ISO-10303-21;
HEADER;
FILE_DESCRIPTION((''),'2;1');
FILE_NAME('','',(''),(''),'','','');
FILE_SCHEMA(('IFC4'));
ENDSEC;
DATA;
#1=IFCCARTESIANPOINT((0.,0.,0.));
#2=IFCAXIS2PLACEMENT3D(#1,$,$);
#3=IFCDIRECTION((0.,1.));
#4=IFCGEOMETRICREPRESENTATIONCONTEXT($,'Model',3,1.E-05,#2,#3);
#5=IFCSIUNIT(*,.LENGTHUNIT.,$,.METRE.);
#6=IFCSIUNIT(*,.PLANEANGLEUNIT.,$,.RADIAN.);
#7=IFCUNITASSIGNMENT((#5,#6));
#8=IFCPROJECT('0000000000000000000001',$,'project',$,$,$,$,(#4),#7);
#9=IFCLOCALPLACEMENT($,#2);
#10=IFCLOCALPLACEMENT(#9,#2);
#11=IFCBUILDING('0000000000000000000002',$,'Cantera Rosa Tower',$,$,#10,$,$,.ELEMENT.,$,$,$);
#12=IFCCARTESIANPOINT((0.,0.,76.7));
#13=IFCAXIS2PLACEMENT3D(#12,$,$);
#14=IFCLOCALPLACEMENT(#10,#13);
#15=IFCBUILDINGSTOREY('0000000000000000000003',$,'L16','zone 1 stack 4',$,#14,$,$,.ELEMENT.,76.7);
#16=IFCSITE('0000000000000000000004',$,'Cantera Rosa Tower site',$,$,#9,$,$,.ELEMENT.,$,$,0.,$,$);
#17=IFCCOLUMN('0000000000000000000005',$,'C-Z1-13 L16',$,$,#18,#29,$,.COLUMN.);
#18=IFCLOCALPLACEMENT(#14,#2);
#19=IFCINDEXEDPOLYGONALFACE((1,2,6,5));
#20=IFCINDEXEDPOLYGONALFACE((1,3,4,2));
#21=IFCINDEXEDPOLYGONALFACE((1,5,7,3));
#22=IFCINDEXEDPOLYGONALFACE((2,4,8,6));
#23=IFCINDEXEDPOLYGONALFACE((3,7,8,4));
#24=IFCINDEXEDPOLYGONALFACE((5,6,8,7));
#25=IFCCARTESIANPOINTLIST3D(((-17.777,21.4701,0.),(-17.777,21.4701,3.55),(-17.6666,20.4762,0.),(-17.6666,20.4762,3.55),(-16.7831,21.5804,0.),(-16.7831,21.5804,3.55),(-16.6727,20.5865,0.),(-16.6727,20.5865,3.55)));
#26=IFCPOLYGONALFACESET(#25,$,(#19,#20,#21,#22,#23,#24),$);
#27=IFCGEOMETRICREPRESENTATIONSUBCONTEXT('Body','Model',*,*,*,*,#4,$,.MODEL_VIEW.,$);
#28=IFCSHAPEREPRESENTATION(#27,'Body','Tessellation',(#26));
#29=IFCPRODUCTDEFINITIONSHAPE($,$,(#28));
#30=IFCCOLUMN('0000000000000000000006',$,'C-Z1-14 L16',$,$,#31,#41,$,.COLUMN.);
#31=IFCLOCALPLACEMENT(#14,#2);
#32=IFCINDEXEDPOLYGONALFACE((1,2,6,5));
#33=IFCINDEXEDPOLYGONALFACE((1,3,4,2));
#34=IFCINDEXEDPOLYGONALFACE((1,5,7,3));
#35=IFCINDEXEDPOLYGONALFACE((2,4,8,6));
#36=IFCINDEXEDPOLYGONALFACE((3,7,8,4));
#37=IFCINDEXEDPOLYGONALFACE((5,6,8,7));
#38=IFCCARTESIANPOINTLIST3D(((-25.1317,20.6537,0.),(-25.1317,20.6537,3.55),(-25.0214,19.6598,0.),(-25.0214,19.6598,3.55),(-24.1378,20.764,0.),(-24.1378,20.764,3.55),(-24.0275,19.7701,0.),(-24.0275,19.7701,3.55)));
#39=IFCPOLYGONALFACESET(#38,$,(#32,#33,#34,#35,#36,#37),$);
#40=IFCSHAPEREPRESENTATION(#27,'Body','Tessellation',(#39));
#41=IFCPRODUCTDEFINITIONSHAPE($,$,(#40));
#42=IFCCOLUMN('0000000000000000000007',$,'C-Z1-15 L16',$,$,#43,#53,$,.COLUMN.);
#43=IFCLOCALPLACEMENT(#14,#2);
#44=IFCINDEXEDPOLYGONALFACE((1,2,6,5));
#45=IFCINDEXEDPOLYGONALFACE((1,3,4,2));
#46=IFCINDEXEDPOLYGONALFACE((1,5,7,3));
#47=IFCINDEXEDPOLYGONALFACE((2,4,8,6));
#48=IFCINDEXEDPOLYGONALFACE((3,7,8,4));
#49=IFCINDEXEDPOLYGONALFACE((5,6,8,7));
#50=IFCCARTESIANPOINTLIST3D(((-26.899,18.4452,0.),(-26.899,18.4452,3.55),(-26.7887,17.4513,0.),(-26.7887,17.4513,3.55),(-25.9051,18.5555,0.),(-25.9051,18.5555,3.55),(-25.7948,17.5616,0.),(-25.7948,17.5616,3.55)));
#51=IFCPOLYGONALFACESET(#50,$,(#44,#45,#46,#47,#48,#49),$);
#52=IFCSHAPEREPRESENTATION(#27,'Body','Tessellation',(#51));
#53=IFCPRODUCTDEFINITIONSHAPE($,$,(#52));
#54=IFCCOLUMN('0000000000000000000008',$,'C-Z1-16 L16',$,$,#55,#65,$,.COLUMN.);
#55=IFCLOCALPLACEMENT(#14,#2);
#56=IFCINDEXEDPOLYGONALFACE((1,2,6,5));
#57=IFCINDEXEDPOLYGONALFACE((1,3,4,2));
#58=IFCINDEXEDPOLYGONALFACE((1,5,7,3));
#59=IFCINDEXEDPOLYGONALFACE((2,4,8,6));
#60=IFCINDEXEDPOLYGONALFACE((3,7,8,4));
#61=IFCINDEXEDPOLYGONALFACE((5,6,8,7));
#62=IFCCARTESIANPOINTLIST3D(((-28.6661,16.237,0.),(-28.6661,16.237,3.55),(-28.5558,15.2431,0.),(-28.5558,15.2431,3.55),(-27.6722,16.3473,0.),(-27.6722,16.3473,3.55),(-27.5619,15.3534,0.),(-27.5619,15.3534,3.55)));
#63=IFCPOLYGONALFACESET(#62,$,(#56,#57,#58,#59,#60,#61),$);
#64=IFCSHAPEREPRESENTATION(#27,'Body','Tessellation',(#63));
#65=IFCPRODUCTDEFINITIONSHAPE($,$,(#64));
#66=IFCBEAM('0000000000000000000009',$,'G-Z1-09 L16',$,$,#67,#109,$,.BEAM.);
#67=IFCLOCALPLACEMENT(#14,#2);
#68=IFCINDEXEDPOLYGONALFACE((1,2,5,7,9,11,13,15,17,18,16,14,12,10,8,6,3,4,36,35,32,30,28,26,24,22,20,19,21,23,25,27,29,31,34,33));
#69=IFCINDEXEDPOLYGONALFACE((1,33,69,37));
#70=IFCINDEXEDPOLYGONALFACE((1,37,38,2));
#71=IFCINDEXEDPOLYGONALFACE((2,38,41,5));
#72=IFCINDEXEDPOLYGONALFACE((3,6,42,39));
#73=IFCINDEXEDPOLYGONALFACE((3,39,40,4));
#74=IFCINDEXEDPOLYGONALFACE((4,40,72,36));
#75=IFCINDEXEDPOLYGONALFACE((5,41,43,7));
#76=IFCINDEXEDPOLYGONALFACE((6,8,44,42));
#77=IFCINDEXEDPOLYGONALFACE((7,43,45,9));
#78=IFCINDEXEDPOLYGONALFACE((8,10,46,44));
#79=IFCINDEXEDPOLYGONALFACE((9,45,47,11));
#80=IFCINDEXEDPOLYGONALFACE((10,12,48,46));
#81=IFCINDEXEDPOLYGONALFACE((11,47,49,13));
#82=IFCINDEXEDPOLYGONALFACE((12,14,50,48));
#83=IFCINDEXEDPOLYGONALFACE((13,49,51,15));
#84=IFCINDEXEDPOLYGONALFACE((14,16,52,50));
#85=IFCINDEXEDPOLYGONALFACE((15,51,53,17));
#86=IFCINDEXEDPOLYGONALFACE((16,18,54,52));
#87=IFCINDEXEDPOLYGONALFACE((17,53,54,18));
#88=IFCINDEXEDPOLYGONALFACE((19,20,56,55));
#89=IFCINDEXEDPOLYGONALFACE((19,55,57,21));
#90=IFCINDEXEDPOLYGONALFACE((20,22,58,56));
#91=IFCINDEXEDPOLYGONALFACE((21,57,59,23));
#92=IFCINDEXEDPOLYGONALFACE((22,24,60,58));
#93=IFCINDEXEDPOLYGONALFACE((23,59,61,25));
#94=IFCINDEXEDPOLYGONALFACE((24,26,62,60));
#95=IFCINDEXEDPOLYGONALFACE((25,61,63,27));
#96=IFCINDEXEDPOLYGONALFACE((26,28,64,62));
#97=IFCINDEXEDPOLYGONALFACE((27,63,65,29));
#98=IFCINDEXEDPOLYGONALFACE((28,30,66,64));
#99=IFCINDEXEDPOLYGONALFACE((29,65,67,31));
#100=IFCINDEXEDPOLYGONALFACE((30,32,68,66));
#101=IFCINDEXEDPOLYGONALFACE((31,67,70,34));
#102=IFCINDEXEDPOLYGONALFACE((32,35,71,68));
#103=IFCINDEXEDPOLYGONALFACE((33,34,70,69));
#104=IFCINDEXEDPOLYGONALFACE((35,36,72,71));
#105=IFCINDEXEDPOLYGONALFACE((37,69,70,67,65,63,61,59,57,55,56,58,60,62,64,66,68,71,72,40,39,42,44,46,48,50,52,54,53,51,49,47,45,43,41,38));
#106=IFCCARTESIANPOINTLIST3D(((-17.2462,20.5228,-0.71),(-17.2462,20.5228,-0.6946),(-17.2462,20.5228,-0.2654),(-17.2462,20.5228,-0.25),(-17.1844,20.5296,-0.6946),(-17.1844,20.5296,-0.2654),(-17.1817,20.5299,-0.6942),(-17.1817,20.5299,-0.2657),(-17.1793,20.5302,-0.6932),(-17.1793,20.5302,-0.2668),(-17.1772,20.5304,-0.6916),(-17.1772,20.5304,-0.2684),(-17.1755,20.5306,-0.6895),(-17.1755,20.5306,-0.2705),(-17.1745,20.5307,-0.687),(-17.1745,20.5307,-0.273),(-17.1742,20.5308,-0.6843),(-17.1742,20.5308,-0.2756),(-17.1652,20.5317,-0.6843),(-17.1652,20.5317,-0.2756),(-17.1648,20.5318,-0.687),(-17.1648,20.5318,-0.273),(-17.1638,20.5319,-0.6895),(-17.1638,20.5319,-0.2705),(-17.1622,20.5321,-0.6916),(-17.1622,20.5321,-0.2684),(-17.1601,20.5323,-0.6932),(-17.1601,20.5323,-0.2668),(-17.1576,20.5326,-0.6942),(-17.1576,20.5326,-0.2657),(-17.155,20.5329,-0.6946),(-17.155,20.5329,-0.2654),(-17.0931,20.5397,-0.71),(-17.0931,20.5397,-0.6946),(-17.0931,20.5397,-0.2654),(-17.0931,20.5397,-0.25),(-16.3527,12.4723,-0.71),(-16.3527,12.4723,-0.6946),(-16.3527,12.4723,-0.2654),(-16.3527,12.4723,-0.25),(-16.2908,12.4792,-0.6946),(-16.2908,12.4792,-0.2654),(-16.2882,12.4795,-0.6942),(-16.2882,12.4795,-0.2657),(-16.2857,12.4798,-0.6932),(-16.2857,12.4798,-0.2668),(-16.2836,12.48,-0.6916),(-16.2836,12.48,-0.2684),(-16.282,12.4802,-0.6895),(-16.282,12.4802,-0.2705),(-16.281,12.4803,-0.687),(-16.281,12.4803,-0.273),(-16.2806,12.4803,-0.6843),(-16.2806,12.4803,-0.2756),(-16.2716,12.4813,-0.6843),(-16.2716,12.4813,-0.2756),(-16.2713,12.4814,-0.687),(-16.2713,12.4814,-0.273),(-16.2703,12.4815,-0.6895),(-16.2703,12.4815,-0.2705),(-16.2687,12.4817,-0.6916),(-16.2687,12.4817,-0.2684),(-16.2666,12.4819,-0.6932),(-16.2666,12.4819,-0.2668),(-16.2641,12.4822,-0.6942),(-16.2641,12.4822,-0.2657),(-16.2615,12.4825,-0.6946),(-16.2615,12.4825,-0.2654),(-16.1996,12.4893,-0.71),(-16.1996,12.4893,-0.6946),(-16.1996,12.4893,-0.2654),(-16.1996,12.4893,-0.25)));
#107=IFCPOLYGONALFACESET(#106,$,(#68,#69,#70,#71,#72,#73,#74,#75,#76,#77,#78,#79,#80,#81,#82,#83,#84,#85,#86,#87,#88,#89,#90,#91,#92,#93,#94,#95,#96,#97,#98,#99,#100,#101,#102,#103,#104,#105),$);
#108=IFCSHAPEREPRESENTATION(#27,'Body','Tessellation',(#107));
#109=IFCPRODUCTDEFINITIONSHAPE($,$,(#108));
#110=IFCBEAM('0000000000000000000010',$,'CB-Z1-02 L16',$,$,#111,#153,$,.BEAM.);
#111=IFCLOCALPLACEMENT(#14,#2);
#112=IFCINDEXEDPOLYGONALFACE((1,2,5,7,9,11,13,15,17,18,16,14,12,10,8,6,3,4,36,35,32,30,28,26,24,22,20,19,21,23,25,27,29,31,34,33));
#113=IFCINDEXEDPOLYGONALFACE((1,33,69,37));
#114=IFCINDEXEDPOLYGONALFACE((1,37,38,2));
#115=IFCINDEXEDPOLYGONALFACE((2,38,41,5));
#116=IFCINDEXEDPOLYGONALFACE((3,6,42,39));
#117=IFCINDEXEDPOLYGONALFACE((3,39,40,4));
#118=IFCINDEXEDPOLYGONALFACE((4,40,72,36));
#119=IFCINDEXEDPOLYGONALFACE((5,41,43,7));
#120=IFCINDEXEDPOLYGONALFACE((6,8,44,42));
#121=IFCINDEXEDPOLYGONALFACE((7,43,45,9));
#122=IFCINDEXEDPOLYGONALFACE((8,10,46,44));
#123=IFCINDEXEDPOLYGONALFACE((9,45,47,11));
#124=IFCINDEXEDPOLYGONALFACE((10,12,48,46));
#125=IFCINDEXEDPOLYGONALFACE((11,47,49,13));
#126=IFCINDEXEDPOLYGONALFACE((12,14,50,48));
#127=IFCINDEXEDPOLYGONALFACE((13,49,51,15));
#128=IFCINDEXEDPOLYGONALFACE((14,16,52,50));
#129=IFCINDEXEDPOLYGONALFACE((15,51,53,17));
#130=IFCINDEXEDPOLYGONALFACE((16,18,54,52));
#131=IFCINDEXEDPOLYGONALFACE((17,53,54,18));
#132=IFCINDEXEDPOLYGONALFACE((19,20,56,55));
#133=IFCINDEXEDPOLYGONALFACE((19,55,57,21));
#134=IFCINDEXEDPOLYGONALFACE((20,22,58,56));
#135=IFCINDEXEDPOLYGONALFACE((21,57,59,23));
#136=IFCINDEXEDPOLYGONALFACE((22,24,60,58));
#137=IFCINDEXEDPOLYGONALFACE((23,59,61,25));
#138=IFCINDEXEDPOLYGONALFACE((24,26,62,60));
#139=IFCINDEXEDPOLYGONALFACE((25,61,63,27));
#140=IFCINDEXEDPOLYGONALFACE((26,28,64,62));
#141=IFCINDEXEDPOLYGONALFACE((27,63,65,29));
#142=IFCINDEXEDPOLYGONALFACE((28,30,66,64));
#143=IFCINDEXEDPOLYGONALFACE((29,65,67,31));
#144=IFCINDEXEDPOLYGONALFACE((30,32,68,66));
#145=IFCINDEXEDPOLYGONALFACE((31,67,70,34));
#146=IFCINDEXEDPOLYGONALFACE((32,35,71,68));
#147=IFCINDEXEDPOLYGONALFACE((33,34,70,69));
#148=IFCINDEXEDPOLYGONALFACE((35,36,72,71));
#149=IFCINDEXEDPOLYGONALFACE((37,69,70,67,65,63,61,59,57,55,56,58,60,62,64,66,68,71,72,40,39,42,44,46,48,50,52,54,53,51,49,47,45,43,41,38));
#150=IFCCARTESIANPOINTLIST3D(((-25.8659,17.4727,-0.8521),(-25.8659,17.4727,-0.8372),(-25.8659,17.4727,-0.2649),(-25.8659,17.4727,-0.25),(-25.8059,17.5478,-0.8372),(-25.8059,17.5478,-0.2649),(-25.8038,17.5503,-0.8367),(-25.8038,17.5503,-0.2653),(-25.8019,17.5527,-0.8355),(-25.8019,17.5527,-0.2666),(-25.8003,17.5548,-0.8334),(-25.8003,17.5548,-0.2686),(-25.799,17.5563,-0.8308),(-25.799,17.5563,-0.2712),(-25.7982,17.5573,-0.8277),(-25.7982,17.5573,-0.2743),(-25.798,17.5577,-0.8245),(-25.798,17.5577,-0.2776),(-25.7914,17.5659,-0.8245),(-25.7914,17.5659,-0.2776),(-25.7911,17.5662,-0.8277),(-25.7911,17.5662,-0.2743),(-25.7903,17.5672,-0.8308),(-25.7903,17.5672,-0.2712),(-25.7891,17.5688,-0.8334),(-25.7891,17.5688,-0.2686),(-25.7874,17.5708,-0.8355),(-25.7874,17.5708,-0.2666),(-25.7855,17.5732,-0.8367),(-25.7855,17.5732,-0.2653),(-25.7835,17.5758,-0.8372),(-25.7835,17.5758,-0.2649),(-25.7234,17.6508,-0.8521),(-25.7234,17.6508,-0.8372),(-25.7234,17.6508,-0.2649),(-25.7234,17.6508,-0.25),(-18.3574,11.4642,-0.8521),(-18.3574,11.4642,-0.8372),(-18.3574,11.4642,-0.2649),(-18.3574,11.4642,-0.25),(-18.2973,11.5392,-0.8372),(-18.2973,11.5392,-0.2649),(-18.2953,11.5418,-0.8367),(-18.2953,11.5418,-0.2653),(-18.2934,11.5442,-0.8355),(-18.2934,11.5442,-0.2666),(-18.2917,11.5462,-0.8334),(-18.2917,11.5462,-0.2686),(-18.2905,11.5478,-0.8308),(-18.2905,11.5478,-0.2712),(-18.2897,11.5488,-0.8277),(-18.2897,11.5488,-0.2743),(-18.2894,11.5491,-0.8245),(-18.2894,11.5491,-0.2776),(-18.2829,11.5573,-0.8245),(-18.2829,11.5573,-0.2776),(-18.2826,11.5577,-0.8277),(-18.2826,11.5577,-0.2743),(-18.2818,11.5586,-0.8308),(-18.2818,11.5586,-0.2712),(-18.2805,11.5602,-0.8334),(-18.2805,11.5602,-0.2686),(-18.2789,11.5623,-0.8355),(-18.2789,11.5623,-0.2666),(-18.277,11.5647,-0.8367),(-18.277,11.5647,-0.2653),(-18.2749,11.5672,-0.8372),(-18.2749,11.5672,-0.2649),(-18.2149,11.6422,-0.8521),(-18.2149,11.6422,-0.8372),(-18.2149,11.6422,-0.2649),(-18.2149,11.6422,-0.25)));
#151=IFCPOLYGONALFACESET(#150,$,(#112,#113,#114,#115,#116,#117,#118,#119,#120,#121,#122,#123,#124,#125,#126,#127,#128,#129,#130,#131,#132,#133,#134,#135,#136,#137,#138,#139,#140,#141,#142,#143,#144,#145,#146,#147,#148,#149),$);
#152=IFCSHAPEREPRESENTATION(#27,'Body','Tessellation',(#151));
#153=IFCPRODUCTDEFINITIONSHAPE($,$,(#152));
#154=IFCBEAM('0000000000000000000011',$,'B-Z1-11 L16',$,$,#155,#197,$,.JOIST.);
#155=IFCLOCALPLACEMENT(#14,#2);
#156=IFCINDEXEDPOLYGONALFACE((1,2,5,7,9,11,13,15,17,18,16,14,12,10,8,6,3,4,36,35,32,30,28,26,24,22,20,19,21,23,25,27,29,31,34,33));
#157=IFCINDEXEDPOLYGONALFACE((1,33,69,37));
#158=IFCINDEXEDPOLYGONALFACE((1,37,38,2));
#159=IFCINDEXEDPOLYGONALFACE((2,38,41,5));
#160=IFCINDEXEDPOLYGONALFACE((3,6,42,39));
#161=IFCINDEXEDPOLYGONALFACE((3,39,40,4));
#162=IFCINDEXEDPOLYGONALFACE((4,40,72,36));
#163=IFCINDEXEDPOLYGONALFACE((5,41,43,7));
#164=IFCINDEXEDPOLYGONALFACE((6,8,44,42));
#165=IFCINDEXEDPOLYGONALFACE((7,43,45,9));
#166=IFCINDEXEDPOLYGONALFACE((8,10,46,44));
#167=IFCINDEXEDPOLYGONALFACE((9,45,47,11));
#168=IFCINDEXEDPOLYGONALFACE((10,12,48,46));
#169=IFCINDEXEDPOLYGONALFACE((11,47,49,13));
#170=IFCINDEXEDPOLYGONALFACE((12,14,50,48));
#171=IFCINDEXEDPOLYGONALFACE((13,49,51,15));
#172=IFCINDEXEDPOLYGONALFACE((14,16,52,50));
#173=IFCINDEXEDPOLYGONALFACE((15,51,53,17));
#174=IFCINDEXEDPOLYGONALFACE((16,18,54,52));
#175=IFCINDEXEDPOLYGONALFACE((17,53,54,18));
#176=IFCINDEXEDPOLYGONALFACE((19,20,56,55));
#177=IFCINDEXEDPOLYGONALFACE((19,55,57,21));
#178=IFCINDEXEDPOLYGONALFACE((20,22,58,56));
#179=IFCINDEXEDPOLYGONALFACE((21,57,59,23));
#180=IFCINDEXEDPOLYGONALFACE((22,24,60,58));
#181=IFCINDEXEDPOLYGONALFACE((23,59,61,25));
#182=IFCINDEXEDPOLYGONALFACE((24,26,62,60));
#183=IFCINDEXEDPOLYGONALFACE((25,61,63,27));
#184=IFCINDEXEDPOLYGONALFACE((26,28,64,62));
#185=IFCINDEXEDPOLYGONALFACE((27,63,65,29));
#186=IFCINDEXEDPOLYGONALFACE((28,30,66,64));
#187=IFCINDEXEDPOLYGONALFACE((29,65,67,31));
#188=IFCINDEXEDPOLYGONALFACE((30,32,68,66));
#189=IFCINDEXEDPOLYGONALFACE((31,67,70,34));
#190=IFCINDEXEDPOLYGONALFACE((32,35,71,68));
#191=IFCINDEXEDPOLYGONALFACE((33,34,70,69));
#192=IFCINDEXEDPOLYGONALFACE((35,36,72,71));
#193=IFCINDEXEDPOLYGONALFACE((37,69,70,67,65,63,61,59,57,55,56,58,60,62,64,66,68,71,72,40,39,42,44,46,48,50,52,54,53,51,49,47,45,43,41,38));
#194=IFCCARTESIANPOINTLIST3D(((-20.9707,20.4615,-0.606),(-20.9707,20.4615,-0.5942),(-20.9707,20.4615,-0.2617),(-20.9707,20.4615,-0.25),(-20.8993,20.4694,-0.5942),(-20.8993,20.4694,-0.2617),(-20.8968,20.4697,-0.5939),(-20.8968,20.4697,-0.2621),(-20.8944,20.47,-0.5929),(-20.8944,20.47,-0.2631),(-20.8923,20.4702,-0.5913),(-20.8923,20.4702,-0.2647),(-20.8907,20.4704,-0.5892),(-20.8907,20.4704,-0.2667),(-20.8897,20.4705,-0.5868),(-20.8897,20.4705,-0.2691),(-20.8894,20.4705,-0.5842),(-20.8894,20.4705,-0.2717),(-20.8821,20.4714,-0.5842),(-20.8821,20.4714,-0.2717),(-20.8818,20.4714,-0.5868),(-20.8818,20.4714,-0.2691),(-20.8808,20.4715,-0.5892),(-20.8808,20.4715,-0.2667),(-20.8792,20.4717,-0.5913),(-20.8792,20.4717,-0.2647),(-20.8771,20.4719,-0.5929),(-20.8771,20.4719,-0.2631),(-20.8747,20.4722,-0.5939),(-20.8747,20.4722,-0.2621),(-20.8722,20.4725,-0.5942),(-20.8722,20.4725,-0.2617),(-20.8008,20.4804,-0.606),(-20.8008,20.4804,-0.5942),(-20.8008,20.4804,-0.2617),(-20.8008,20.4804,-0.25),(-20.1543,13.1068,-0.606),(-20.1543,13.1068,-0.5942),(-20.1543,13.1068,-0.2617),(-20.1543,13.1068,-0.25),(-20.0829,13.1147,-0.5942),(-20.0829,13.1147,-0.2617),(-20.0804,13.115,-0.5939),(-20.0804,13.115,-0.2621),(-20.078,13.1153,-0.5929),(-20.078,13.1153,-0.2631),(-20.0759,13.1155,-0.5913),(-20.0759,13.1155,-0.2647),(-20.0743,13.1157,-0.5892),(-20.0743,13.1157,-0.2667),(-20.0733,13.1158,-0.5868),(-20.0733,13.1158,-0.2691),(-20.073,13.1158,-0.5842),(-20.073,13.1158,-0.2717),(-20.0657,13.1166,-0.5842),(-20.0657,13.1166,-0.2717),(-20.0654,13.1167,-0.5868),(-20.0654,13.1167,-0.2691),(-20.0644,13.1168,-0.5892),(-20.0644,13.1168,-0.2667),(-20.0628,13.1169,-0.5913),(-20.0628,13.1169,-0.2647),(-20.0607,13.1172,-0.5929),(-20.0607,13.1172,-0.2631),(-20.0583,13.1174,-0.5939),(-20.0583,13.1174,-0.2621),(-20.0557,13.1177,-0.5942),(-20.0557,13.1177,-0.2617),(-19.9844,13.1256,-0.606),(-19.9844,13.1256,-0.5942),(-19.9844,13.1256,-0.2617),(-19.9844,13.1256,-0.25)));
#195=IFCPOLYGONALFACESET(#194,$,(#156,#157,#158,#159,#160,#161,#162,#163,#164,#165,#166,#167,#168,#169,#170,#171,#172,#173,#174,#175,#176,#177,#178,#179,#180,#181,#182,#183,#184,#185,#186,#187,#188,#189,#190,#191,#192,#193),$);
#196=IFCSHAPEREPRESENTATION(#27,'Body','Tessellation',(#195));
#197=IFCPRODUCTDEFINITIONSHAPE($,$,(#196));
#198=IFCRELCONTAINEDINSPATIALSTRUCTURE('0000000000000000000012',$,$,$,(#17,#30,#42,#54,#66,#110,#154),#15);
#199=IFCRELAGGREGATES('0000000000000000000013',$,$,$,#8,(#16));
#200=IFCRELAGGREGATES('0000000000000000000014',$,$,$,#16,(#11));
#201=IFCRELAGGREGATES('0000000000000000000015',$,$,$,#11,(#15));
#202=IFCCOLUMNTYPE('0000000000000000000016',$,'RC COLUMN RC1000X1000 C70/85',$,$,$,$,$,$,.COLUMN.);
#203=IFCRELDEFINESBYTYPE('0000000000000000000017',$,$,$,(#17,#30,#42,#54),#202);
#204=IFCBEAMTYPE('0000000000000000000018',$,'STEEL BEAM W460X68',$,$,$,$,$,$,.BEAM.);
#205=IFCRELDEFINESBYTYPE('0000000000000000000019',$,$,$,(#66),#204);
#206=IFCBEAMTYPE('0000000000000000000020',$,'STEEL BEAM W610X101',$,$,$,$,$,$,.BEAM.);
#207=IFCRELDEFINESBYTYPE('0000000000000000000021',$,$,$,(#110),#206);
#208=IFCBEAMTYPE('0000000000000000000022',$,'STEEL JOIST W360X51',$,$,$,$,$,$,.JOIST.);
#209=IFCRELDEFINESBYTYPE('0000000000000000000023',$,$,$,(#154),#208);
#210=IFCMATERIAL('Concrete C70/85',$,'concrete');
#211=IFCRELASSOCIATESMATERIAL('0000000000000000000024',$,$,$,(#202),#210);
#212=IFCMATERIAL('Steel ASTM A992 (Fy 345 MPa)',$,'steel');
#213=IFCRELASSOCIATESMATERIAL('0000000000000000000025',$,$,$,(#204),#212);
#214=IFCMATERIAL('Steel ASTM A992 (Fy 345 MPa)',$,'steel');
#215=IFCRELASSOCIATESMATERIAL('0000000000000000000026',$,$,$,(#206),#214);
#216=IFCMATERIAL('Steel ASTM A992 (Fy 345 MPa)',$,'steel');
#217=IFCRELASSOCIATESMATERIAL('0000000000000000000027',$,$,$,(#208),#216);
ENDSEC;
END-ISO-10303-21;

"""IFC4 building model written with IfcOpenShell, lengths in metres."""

from ifc_helpers import new_model, si_unit, direction, frame, origin, origin_2d, place, context, subcontext, project, spatial, rectangle, i_section, extrude, material, material_profile, profile_set, type_object, element, save


model = new_model("IFC4")

# Units and contexts
model_context = context("Model", 3, precision=1e-05, world=origin(), true_north=direction((0.0, 1.0)))
body_context = subcontext(model_context, "Body", "Model", "MODEL_VIEW")
ifc_project = project(units=[si_unit("LENGTHUNIT", "METRE"), si_unit("PLANEANGLEUNIT", "RADIAN")], contexts=[model_context])

# Site, building, storey
site_placement = place(None, origin())
site = spatial("IfcSite", under=ifc_project, at=site_placement, Name="Cantera Rosa Tower site", CompositionType="ELEMENT", RefElevation=0.0)
building_placement = place(site_placement, origin())
building = spatial("IfcBuilding", under=site, at=building_placement, Name="Cantera Rosa Tower", CompositionType="ELEMENT")
storey_placement = place(building_placement, frame((0.0, 0.0, 76.7)))
storey = spatial("IfcBuildingStorey", under=building, at=storey_placement, Name="L16", Description="zone 1 stack 4", CompositionType="ELEMENT", Elevation=76.7)

# Columns
ifc_material_1 = material(Name="Concrete C70/85", Category="concrete")
ifc_material_profile_1 = material_profile(ifc_material_1, rectangle(XDim=1.0, YDim=1.0, at=origin_2d()), Name="RC COLUMN RC1000X1000 C70/85")
ifc_profile_set_1 = profile_set([ifc_material_profile_1], Name="Concrete C70/85")
column_type = type_object("IfcColumnType", Name="RC COLUMN RC1000X1000 C70/85", PredefinedType="COLUMN", material=ifc_profile_set_1)
for number, where, z_axis, x_axis, name in (
    (1, (-17.2249, 21.0283, 0.0), (0.0, 0.0, 1.0), (0.993897, 0.110313, 0.0), "C-Z1-13 L16"),
    (2, (-24.5796, 20.2119, 0.0), (0.0, 0.0, 1.0), (0.993897, 0.110313, 0.0), "C-Z1-14 L16"),
    (3, (-26.3469, 18.0034, 0.0), (0.0, 0.0, 1.0), (0.993897, 0.110313, 0.0), "C-Z1-15 L16"),
    (4, (-28.114, 15.7952, 0.0), (0.0, 0.0, 1.0), (0.993897, 0.110313, 0.0), "C-Z1-16 L16"),
):
    element("IfcColumn", number, at=place(storey_placement, frame(where, z_axis=z_axis, x_axis=x_axis)), inside=storey, type_object=column_type, Name=name, PredefinedType="COLUMN", context=body_context, shape_type="SweptSolid", body=[
        extrude(rectangle(XDim=1.0, YDim=1.0, at=origin_2d()), origin(), (0.0, 0.0, 1.0), 3.55),
    ])

# Beams
ifc_material_2 = material(Name="Steel ASTM A992 (Fy 345 MPa)", Category="steel")
ifc_material_profile_2 = material_profile(ifc_material_2, i_section(OverallWidth=0.1541, OverallDepth=0.46, WebThickness=0.009, FlangeThickness=0.0154, FilletRadius=0.0103, at=origin_2d()), Name="W460X68")
ifc_profile_set_2 = profile_set([ifc_material_profile_2], Name="Steel ASTM A992 (Fy 345 MPa)")
beam_type_1 = type_object("IfcBeamType", Name="STEEL BEAM W460X68", PredefinedType="BEAM", material=ifc_profile_set_2)
beam_1_placement = place(storey_placement, frame((-17.1697, 20.5312, -0.48), z_axis=(0.110316, -0.993897, 0.0), x_axis=(0.993897, 0.110316, 0.0)))
element("IfcBeam", 5, at=beam_1_placement, inside=storey, type_object=beam_type_1, Name="G-Z1-09 L16", PredefinedType="BEAM", context=body_context, shape_type="SweptSolid", body=[
    extrude(i_section(OverallWidth=0.1541, OverallDepth=0.46, WebThickness=0.009, FlangeThickness=0.0154, FilletRadius=0.0103, at=origin_2d()), origin(), (0.0, 0.0, 1.0), 8.0999),
])
ifc_material_3 = material(Name="Steel ASTM A992 (Fy 345 MPa)", Category="steel")
ifc_material_profile_3 = material_profile(ifc_material_3, i_section(OverallWidth=0.228, OverallDepth=0.6021, WebThickness=0.0105, FlangeThickness=0.0149, FilletRadius=0.0127, at=origin_2d()), Name="W610X101")
ifc_profile_set_3 = profile_set([ifc_material_profile_3], Name="Steel ASTM A992 (Fy 345 MPa)")
beam_type_2 = type_object("IfcBeamType", Name="STEEL BEAM W610X101", PredefinedType="BEAM", material=ifc_profile_set_3)
beam_2_placement = place(storey_placement, frame((-25.7947, 17.5618, -0.551), z_axis=(0.780782, -0.624803, 0.0), x_axis=(0.624803, 0.780782, 0.0)))
element("IfcBeam", 6, at=beam_2_placement, inside=storey, type_object=beam_type_2, Name="CB-Z1-02 L16", PredefinedType="BEAM", context=body_context, shape_type="SweptSolid", body=[
    extrude(i_section(OverallWidth=0.228, OverallDepth=0.6021, WebThickness=0.0105, FlangeThickness=0.0149, FilletRadius=0.0127, at=origin_2d()), origin(), (0.0, 0.0, 1.0), 9.6167),
])
ifc_material_4 = material(Name="Steel ASTM A992 (Fy 345 MPa)", Category="steel")
ifc_material_profile_4 = material_profile(ifc_material_4, i_section(OverallWidth=0.1709, OverallDepth=0.356, WebThickness=0.0073, FlangeThickness=0.0117, FilletRadius=0.01, at=origin_2d()), Name="W360X51")
ifc_profile_set_4 = profile_set([ifc_material_profile_4], Name="Steel ASTM A992 (Fy 345 MPa)")
beam_type_3 = type_object("IfcBeamType", Name="STEEL JOIST W360X51", PredefinedType="JOIST", material=ifc_profile_set_4)
beam_3_placement = place(storey_placement, frame((-20.8857, 20.4709, -0.428), z_axis=(0.110327, -0.993895, 0.0), x_axis=(0.993895, 0.110327, 0.0)))
element("IfcBeam", 7, at=beam_3_placement, inside=storey, type_object=beam_type_3, Name="B-Z1-11 L16", PredefinedType="JOIST", context=body_context, shape_type="SweptSolid", body=[
    extrude(i_section(OverallWidth=0.1709, OverallDepth=0.356, WebThickness=0.0073, FlangeThickness=0.0117, FilletRadius=0.01, at=origin_2d()), origin(), (0.0, 0.0, 1.0), 7.3999),
])

save(model, "model.ifc")
